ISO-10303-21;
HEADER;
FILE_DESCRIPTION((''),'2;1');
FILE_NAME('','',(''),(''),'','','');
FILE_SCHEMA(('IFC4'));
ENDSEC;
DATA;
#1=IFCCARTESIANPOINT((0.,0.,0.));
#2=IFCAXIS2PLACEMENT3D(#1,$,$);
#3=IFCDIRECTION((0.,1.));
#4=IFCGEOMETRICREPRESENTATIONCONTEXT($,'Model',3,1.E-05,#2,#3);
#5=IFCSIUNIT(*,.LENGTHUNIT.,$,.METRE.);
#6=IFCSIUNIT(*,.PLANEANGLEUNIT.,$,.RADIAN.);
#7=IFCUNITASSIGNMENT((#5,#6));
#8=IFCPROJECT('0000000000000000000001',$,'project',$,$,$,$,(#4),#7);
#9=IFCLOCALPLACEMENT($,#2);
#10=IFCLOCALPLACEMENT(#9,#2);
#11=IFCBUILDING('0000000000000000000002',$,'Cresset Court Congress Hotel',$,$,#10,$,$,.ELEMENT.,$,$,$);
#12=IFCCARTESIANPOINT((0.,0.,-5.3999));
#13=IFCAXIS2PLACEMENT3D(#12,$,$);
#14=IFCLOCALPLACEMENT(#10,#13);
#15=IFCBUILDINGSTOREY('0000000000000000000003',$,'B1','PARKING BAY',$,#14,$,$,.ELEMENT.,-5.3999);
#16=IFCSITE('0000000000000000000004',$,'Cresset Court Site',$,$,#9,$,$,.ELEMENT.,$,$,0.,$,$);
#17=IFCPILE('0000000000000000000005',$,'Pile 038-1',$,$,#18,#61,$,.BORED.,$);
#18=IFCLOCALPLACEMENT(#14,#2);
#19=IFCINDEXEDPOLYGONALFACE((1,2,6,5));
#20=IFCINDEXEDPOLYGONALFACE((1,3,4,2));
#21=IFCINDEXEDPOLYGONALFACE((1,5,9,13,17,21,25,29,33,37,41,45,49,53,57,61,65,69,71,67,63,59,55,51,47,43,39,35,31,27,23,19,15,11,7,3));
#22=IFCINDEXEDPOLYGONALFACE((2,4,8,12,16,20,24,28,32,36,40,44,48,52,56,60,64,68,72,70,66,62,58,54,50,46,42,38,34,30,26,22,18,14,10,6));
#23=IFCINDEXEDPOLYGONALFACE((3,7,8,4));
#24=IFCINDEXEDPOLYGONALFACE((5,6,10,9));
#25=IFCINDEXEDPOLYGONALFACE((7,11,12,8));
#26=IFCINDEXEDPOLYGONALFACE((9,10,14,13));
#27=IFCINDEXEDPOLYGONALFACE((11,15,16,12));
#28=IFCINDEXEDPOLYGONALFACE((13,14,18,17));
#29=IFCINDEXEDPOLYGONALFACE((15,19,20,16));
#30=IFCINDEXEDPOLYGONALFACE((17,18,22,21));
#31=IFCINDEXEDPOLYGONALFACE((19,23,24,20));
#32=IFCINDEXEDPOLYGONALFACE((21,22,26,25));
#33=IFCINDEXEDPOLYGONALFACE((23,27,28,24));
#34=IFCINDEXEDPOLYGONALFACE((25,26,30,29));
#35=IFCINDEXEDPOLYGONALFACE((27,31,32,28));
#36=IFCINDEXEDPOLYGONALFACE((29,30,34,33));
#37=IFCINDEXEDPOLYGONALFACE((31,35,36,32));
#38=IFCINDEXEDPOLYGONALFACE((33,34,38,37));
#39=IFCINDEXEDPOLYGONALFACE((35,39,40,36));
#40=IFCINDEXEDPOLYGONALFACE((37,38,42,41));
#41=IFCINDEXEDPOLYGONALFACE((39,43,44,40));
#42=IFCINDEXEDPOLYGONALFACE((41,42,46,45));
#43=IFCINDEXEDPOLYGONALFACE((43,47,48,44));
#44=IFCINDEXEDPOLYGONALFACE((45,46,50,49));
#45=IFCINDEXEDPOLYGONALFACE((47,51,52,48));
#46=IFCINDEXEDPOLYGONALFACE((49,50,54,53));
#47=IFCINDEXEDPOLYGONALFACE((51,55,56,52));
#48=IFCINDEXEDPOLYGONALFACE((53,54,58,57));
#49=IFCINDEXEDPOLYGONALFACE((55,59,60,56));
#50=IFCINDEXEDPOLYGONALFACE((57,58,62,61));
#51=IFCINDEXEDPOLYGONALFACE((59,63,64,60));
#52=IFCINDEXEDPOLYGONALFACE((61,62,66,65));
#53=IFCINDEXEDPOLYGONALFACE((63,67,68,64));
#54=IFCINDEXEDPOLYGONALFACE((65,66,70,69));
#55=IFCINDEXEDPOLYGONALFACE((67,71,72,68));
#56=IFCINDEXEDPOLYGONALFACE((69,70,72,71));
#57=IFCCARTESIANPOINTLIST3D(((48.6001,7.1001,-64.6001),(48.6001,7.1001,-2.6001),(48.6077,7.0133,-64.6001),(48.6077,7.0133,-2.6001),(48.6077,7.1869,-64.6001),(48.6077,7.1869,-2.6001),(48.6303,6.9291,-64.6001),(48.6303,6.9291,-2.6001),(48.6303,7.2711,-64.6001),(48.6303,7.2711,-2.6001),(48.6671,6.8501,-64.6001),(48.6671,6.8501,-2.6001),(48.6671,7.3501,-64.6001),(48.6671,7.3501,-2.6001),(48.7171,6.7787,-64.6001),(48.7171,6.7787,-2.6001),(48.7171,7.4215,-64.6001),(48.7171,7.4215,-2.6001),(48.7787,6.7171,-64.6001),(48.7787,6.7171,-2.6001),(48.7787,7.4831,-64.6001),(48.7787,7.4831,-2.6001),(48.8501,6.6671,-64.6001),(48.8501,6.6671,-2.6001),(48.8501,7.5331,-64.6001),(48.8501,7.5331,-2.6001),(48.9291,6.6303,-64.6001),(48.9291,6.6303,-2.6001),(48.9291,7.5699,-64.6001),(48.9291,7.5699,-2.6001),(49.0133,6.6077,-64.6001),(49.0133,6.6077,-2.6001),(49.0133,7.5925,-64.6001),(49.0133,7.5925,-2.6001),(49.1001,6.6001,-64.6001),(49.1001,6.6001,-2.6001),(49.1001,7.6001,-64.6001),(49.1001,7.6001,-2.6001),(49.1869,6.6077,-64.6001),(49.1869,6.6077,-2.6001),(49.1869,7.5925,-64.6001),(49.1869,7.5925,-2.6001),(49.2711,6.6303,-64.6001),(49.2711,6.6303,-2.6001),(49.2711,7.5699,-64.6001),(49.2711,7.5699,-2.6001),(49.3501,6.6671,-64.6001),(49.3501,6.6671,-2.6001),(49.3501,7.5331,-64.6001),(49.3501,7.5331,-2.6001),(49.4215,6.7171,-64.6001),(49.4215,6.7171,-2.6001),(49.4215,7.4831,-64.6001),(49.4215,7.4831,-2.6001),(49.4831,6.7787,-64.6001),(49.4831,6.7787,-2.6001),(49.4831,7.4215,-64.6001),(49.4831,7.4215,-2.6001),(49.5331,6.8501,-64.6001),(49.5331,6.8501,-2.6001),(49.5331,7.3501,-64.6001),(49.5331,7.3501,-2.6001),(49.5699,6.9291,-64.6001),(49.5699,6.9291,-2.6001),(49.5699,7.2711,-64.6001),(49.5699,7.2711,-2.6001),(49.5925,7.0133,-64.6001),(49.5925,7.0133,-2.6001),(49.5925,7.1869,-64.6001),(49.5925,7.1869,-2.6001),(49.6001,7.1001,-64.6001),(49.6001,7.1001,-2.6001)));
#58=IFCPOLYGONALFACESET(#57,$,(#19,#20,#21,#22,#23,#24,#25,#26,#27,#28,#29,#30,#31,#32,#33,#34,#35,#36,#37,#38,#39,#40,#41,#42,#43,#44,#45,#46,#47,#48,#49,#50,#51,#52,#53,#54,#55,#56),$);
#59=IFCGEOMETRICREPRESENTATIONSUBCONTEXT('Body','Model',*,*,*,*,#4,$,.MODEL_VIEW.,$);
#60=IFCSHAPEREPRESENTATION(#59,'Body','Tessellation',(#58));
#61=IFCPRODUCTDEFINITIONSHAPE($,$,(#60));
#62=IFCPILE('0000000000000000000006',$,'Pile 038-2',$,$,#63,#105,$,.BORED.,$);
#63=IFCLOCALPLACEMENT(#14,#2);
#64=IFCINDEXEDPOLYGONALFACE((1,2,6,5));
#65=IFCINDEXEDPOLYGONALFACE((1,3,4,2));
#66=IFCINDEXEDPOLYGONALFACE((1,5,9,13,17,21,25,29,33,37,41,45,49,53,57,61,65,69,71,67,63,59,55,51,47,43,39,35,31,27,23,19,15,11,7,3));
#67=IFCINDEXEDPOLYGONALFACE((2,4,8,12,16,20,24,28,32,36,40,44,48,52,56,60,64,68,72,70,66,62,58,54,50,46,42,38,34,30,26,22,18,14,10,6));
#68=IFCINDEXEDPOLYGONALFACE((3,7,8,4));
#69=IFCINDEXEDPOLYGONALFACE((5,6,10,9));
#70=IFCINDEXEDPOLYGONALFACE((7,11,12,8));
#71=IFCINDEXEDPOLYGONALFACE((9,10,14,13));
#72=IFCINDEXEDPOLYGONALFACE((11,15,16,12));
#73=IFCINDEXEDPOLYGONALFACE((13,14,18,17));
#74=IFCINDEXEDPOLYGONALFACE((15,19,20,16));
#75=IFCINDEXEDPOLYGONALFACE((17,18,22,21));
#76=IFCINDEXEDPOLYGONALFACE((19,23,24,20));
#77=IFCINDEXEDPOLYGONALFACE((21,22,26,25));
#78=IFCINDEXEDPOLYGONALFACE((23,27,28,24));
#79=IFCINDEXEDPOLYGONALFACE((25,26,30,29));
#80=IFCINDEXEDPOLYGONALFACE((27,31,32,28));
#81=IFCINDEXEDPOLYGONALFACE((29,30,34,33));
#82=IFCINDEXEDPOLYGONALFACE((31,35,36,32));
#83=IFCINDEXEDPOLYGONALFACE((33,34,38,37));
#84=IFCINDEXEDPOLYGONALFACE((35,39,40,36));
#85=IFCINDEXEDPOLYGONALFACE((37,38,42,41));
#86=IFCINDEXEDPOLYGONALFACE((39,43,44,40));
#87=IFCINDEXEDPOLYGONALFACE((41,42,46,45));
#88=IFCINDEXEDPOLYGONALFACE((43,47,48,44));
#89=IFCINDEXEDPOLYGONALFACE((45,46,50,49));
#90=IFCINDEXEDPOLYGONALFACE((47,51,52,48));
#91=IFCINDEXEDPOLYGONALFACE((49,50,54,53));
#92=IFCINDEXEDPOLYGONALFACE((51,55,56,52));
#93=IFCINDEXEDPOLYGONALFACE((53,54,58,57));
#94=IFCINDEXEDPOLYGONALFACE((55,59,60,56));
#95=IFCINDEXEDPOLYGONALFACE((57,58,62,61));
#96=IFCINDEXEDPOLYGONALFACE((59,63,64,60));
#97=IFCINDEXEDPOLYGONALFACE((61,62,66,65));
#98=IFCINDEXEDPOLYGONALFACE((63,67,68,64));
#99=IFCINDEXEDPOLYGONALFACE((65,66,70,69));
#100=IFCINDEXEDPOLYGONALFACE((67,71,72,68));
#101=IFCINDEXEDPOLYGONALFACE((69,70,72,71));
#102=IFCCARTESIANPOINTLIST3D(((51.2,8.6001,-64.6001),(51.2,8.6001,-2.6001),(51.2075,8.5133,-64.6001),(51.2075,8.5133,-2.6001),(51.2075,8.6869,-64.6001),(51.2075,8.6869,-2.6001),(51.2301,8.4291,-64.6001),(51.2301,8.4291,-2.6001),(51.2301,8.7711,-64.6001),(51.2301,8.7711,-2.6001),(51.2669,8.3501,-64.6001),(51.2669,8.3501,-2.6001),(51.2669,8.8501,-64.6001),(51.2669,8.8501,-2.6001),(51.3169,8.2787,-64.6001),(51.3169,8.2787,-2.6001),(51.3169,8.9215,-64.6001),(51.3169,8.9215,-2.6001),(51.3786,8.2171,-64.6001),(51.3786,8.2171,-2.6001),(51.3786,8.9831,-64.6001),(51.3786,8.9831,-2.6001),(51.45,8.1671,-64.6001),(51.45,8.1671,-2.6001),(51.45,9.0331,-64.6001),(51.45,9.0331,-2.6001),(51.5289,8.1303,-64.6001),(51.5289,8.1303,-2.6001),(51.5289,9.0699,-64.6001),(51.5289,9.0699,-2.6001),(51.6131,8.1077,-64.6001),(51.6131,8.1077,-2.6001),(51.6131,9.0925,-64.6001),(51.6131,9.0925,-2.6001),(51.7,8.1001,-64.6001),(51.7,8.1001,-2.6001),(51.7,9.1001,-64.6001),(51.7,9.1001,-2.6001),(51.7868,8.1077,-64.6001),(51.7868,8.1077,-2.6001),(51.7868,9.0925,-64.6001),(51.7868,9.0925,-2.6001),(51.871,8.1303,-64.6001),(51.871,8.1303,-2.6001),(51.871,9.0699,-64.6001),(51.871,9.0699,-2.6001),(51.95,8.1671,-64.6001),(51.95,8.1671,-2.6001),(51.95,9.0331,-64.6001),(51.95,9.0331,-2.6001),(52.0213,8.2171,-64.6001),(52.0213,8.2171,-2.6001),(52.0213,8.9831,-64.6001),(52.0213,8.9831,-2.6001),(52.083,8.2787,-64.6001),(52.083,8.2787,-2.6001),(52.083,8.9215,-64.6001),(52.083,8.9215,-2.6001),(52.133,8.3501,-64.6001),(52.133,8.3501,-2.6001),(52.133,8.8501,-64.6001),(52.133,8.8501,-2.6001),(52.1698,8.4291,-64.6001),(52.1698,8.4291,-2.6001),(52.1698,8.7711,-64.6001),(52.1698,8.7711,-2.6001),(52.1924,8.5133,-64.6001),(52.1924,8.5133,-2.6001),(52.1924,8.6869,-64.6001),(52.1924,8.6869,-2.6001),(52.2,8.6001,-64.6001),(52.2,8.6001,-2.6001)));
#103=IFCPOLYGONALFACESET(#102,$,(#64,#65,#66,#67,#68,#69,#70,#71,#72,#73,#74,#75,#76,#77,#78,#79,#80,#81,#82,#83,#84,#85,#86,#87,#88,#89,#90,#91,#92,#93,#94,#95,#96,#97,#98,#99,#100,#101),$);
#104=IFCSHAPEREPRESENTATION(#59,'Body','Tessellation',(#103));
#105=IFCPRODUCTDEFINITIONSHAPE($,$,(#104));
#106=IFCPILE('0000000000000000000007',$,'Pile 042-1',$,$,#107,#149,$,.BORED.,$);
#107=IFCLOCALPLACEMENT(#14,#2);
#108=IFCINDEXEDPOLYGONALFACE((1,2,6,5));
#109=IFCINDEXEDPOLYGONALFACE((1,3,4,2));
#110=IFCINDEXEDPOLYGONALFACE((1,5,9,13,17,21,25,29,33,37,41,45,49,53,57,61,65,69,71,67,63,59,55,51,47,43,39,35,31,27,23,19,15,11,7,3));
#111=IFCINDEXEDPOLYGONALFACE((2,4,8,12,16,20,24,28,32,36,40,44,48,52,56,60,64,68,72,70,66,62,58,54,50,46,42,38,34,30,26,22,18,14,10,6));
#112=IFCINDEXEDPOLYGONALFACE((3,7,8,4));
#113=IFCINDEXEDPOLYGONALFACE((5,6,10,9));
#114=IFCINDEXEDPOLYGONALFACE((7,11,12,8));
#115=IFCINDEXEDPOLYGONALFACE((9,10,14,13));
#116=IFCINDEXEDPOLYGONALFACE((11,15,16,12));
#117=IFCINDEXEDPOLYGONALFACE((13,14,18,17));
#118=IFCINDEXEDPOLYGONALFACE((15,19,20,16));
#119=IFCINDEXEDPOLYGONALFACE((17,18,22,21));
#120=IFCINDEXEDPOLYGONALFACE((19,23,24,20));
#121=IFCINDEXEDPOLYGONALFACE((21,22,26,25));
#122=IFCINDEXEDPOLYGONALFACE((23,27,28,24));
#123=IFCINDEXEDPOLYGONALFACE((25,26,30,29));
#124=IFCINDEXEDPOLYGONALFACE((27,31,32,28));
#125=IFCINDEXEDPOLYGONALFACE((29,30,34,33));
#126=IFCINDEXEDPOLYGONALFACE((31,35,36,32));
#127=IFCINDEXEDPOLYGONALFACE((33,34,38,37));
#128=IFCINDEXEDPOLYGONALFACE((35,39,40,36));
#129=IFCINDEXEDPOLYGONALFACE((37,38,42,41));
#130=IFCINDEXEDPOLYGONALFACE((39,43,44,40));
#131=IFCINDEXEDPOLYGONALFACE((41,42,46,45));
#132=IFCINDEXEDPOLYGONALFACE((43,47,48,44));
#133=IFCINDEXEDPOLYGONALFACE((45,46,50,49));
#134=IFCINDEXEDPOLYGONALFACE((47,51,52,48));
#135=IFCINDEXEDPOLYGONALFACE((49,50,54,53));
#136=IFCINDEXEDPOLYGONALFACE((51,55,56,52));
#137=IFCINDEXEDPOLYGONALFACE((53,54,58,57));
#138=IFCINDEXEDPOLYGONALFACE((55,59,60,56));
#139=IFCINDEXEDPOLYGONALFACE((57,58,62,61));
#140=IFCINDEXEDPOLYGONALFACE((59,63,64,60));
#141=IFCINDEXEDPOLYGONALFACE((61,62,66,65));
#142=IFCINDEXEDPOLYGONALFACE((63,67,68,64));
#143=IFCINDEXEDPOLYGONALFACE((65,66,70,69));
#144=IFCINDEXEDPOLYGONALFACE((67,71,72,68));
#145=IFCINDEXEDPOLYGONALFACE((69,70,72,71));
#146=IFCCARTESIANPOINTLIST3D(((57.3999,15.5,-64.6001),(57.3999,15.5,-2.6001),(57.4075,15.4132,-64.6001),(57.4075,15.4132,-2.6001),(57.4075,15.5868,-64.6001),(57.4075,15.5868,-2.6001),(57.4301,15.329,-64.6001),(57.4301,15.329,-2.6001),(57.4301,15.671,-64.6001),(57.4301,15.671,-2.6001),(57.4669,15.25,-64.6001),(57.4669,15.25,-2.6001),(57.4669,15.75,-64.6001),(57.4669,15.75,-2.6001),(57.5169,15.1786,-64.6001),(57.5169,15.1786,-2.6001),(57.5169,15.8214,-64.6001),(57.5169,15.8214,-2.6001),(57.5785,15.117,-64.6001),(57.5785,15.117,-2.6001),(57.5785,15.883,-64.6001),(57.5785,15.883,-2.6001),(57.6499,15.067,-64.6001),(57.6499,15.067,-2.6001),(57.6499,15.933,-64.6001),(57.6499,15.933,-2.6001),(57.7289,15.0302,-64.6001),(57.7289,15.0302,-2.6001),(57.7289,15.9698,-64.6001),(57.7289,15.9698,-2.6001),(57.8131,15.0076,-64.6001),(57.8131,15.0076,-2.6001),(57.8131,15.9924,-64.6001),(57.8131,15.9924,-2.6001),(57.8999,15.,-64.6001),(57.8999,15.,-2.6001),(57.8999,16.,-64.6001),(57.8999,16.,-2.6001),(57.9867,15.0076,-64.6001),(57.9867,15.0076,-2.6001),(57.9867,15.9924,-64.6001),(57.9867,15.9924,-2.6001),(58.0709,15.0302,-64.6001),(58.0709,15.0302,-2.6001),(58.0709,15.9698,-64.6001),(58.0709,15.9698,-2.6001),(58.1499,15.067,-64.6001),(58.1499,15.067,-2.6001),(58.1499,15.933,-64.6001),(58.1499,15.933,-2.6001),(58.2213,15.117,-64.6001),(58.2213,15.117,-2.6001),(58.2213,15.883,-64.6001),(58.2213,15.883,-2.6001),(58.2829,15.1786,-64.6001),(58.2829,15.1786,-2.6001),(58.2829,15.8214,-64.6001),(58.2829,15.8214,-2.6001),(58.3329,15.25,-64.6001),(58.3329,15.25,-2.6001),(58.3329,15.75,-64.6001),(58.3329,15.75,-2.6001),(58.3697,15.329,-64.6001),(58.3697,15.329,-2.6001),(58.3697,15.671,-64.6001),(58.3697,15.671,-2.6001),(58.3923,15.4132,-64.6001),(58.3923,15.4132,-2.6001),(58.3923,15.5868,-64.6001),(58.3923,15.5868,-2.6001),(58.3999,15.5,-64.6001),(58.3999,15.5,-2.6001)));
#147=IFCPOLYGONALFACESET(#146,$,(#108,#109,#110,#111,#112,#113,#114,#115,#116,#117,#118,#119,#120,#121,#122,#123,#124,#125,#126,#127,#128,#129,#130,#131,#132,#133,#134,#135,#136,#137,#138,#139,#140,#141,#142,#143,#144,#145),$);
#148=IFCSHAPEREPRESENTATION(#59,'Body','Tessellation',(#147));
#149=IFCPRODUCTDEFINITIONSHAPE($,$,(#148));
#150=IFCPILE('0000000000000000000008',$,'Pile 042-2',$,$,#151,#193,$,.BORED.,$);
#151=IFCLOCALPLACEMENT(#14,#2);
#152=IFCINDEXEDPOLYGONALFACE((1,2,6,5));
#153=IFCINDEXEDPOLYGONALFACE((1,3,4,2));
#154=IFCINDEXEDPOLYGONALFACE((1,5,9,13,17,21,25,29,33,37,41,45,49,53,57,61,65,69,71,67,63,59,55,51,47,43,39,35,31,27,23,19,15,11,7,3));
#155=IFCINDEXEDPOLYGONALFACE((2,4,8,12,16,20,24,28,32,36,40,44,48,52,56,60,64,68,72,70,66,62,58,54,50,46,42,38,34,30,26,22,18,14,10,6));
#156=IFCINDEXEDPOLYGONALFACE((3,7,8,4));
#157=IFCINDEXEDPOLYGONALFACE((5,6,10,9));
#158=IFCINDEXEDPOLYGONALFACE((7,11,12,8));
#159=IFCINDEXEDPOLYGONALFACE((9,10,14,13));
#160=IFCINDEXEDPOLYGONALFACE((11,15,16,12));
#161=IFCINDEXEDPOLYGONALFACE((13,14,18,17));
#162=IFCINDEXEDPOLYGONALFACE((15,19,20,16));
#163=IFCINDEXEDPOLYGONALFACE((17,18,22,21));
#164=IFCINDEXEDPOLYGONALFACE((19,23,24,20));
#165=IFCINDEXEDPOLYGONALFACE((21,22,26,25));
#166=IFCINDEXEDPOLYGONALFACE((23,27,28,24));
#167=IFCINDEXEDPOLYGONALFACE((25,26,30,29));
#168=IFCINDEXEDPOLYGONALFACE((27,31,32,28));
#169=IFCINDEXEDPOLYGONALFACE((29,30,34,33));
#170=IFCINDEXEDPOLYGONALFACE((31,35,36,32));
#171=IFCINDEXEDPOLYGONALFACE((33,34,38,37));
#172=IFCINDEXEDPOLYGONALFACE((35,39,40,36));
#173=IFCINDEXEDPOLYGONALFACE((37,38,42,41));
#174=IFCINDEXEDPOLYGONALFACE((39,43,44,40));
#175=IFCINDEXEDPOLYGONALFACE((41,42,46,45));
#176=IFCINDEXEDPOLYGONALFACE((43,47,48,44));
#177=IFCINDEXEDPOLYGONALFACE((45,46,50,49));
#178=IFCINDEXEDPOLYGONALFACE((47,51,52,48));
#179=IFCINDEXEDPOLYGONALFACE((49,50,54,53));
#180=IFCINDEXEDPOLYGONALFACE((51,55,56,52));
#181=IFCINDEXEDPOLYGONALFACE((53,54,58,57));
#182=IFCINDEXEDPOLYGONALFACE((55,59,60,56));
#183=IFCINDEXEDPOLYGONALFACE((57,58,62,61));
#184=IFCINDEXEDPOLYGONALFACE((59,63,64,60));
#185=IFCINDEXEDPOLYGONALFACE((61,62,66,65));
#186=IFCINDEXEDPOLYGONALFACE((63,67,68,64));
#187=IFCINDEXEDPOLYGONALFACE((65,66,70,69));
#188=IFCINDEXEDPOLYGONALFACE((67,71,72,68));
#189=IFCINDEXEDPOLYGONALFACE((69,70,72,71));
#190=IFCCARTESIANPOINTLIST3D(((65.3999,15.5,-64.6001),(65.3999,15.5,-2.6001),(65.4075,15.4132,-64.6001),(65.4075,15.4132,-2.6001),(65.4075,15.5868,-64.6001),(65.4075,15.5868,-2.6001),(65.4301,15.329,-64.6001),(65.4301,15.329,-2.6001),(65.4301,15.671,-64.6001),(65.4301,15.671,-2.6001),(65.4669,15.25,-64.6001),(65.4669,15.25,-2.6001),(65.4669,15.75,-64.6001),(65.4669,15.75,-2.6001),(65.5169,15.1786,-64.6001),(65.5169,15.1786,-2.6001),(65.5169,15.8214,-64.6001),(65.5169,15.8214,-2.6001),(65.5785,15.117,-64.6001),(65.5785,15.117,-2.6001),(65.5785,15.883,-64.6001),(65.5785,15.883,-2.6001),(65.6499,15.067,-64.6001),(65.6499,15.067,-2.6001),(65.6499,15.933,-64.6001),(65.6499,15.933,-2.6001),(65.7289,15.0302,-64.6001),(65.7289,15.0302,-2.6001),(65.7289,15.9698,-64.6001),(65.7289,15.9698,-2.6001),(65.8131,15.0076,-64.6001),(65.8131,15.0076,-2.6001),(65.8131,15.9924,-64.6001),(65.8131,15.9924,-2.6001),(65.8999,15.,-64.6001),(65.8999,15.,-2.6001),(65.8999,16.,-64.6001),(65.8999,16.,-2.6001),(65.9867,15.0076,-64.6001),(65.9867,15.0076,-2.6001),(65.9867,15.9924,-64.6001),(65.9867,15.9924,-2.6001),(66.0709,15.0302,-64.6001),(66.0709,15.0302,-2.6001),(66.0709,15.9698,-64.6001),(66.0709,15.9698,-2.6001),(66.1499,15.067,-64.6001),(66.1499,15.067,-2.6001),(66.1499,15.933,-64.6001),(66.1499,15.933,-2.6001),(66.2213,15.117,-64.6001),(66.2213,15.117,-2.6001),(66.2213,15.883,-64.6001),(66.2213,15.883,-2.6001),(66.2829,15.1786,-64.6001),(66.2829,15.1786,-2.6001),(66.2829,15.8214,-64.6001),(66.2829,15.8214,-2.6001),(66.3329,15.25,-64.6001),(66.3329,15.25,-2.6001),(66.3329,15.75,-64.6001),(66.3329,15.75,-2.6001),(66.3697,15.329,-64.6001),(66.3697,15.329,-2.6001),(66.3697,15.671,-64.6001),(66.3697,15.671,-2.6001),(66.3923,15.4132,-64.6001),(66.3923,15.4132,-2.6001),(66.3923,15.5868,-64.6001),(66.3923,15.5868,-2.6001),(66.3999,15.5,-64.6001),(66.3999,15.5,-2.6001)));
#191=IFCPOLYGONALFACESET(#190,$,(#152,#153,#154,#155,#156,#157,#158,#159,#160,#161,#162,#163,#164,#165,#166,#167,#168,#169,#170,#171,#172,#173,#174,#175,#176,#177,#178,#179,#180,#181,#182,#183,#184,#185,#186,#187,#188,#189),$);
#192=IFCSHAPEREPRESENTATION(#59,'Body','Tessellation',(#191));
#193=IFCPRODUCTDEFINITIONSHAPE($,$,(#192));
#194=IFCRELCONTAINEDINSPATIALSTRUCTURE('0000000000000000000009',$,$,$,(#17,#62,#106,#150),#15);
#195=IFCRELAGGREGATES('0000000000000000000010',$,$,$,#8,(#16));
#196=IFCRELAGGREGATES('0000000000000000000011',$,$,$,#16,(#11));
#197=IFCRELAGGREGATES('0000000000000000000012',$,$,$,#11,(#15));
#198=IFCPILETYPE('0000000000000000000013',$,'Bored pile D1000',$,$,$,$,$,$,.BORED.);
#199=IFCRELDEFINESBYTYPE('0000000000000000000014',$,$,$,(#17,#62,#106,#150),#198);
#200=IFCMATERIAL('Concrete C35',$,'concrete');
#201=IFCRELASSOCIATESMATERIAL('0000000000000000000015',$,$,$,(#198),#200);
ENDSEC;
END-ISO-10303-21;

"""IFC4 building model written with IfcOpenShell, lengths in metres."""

from ifc_helpers import new_model, si_unit, direction, frame, origin, origin_2d, place, context, subcontext, project, spatial, circle, extrude, material, type_object, element, save


model = new_model("IFC4")

# Units and contexts
model_context = context("Model", 3, precision=1e-05, world=origin(), true_north=direction((0.0, 1.0)))
body_context = subcontext(model_context, "Body", "Model", "MODEL_VIEW")
ifc_project = project(units=[si_unit("LENGTHUNIT", "METRE"), si_unit("PLANEANGLEUNIT", "RADIAN")], contexts=[model_context])

# Site, building, storey
site_placement = place(None, origin())
site = spatial("IfcSite", under=ifc_project, at=site_placement, Name="Cresset Court Site", CompositionType="ELEMENT", RefElevation=0.0)
building_placement = place(site_placement, origin())
building = spatial("IfcBuilding", under=site, at=building_placement, Name="Cresset Court Congress Hotel", CompositionType="ELEMENT")
storey_placement = place(building_placement, frame((0.0, 0.0, -5.3999)))
storey = spatial("IfcBuildingStorey", under=building, at=storey_placement, Name="B1", Description="PARKING BAY", CompositionType="ELEMENT", Elevation=-5.3999)

# Piles
ifc_material_1 = material(Name="Concrete C35", Category="concrete")
pile_type = type_object("IfcPileType", Name="Bored pile D1000", PredefinedType="BORED", material=ifc_material_1)
for number, where, z_axis, x_axis, name in (
    (1, (49.1001, 7.1001, -2.6001), (0.0, 0.0, -1.0), (1.0, 0.0, 0.0), "Pile 038-1"),
    (2, (51.7, 8.6001, -2.6001), (0.0, 0.0, -1.0), (1.0, 0.0, 0.0), "Pile 038-2"),
    (3, (57.8999, 15.5, -2.6001), (0.0, 0.0, -1.0), (1.0, 0.0, 0.0), "Pile 042-1"),
    (4, (65.8999, 15.5, -2.6001), (0.0, 0.0, -1.0), (1.0, 0.0, 0.0), "Pile 042-2"),
):
    element("IfcPile", number, at=place(storey_placement, frame(where, z_axis=z_axis, x_axis=x_axis)), inside=storey, type_object=pile_type, Name=name, PredefinedType="BORED", context=body_context, shape_type="SweptSolid", body=[
        extrude(circle(Radius=0.5, at=origin_2d()), origin(), (0.0, 0.0, 1.0), 62.0),
    ])

save(model, "model.ifc")
